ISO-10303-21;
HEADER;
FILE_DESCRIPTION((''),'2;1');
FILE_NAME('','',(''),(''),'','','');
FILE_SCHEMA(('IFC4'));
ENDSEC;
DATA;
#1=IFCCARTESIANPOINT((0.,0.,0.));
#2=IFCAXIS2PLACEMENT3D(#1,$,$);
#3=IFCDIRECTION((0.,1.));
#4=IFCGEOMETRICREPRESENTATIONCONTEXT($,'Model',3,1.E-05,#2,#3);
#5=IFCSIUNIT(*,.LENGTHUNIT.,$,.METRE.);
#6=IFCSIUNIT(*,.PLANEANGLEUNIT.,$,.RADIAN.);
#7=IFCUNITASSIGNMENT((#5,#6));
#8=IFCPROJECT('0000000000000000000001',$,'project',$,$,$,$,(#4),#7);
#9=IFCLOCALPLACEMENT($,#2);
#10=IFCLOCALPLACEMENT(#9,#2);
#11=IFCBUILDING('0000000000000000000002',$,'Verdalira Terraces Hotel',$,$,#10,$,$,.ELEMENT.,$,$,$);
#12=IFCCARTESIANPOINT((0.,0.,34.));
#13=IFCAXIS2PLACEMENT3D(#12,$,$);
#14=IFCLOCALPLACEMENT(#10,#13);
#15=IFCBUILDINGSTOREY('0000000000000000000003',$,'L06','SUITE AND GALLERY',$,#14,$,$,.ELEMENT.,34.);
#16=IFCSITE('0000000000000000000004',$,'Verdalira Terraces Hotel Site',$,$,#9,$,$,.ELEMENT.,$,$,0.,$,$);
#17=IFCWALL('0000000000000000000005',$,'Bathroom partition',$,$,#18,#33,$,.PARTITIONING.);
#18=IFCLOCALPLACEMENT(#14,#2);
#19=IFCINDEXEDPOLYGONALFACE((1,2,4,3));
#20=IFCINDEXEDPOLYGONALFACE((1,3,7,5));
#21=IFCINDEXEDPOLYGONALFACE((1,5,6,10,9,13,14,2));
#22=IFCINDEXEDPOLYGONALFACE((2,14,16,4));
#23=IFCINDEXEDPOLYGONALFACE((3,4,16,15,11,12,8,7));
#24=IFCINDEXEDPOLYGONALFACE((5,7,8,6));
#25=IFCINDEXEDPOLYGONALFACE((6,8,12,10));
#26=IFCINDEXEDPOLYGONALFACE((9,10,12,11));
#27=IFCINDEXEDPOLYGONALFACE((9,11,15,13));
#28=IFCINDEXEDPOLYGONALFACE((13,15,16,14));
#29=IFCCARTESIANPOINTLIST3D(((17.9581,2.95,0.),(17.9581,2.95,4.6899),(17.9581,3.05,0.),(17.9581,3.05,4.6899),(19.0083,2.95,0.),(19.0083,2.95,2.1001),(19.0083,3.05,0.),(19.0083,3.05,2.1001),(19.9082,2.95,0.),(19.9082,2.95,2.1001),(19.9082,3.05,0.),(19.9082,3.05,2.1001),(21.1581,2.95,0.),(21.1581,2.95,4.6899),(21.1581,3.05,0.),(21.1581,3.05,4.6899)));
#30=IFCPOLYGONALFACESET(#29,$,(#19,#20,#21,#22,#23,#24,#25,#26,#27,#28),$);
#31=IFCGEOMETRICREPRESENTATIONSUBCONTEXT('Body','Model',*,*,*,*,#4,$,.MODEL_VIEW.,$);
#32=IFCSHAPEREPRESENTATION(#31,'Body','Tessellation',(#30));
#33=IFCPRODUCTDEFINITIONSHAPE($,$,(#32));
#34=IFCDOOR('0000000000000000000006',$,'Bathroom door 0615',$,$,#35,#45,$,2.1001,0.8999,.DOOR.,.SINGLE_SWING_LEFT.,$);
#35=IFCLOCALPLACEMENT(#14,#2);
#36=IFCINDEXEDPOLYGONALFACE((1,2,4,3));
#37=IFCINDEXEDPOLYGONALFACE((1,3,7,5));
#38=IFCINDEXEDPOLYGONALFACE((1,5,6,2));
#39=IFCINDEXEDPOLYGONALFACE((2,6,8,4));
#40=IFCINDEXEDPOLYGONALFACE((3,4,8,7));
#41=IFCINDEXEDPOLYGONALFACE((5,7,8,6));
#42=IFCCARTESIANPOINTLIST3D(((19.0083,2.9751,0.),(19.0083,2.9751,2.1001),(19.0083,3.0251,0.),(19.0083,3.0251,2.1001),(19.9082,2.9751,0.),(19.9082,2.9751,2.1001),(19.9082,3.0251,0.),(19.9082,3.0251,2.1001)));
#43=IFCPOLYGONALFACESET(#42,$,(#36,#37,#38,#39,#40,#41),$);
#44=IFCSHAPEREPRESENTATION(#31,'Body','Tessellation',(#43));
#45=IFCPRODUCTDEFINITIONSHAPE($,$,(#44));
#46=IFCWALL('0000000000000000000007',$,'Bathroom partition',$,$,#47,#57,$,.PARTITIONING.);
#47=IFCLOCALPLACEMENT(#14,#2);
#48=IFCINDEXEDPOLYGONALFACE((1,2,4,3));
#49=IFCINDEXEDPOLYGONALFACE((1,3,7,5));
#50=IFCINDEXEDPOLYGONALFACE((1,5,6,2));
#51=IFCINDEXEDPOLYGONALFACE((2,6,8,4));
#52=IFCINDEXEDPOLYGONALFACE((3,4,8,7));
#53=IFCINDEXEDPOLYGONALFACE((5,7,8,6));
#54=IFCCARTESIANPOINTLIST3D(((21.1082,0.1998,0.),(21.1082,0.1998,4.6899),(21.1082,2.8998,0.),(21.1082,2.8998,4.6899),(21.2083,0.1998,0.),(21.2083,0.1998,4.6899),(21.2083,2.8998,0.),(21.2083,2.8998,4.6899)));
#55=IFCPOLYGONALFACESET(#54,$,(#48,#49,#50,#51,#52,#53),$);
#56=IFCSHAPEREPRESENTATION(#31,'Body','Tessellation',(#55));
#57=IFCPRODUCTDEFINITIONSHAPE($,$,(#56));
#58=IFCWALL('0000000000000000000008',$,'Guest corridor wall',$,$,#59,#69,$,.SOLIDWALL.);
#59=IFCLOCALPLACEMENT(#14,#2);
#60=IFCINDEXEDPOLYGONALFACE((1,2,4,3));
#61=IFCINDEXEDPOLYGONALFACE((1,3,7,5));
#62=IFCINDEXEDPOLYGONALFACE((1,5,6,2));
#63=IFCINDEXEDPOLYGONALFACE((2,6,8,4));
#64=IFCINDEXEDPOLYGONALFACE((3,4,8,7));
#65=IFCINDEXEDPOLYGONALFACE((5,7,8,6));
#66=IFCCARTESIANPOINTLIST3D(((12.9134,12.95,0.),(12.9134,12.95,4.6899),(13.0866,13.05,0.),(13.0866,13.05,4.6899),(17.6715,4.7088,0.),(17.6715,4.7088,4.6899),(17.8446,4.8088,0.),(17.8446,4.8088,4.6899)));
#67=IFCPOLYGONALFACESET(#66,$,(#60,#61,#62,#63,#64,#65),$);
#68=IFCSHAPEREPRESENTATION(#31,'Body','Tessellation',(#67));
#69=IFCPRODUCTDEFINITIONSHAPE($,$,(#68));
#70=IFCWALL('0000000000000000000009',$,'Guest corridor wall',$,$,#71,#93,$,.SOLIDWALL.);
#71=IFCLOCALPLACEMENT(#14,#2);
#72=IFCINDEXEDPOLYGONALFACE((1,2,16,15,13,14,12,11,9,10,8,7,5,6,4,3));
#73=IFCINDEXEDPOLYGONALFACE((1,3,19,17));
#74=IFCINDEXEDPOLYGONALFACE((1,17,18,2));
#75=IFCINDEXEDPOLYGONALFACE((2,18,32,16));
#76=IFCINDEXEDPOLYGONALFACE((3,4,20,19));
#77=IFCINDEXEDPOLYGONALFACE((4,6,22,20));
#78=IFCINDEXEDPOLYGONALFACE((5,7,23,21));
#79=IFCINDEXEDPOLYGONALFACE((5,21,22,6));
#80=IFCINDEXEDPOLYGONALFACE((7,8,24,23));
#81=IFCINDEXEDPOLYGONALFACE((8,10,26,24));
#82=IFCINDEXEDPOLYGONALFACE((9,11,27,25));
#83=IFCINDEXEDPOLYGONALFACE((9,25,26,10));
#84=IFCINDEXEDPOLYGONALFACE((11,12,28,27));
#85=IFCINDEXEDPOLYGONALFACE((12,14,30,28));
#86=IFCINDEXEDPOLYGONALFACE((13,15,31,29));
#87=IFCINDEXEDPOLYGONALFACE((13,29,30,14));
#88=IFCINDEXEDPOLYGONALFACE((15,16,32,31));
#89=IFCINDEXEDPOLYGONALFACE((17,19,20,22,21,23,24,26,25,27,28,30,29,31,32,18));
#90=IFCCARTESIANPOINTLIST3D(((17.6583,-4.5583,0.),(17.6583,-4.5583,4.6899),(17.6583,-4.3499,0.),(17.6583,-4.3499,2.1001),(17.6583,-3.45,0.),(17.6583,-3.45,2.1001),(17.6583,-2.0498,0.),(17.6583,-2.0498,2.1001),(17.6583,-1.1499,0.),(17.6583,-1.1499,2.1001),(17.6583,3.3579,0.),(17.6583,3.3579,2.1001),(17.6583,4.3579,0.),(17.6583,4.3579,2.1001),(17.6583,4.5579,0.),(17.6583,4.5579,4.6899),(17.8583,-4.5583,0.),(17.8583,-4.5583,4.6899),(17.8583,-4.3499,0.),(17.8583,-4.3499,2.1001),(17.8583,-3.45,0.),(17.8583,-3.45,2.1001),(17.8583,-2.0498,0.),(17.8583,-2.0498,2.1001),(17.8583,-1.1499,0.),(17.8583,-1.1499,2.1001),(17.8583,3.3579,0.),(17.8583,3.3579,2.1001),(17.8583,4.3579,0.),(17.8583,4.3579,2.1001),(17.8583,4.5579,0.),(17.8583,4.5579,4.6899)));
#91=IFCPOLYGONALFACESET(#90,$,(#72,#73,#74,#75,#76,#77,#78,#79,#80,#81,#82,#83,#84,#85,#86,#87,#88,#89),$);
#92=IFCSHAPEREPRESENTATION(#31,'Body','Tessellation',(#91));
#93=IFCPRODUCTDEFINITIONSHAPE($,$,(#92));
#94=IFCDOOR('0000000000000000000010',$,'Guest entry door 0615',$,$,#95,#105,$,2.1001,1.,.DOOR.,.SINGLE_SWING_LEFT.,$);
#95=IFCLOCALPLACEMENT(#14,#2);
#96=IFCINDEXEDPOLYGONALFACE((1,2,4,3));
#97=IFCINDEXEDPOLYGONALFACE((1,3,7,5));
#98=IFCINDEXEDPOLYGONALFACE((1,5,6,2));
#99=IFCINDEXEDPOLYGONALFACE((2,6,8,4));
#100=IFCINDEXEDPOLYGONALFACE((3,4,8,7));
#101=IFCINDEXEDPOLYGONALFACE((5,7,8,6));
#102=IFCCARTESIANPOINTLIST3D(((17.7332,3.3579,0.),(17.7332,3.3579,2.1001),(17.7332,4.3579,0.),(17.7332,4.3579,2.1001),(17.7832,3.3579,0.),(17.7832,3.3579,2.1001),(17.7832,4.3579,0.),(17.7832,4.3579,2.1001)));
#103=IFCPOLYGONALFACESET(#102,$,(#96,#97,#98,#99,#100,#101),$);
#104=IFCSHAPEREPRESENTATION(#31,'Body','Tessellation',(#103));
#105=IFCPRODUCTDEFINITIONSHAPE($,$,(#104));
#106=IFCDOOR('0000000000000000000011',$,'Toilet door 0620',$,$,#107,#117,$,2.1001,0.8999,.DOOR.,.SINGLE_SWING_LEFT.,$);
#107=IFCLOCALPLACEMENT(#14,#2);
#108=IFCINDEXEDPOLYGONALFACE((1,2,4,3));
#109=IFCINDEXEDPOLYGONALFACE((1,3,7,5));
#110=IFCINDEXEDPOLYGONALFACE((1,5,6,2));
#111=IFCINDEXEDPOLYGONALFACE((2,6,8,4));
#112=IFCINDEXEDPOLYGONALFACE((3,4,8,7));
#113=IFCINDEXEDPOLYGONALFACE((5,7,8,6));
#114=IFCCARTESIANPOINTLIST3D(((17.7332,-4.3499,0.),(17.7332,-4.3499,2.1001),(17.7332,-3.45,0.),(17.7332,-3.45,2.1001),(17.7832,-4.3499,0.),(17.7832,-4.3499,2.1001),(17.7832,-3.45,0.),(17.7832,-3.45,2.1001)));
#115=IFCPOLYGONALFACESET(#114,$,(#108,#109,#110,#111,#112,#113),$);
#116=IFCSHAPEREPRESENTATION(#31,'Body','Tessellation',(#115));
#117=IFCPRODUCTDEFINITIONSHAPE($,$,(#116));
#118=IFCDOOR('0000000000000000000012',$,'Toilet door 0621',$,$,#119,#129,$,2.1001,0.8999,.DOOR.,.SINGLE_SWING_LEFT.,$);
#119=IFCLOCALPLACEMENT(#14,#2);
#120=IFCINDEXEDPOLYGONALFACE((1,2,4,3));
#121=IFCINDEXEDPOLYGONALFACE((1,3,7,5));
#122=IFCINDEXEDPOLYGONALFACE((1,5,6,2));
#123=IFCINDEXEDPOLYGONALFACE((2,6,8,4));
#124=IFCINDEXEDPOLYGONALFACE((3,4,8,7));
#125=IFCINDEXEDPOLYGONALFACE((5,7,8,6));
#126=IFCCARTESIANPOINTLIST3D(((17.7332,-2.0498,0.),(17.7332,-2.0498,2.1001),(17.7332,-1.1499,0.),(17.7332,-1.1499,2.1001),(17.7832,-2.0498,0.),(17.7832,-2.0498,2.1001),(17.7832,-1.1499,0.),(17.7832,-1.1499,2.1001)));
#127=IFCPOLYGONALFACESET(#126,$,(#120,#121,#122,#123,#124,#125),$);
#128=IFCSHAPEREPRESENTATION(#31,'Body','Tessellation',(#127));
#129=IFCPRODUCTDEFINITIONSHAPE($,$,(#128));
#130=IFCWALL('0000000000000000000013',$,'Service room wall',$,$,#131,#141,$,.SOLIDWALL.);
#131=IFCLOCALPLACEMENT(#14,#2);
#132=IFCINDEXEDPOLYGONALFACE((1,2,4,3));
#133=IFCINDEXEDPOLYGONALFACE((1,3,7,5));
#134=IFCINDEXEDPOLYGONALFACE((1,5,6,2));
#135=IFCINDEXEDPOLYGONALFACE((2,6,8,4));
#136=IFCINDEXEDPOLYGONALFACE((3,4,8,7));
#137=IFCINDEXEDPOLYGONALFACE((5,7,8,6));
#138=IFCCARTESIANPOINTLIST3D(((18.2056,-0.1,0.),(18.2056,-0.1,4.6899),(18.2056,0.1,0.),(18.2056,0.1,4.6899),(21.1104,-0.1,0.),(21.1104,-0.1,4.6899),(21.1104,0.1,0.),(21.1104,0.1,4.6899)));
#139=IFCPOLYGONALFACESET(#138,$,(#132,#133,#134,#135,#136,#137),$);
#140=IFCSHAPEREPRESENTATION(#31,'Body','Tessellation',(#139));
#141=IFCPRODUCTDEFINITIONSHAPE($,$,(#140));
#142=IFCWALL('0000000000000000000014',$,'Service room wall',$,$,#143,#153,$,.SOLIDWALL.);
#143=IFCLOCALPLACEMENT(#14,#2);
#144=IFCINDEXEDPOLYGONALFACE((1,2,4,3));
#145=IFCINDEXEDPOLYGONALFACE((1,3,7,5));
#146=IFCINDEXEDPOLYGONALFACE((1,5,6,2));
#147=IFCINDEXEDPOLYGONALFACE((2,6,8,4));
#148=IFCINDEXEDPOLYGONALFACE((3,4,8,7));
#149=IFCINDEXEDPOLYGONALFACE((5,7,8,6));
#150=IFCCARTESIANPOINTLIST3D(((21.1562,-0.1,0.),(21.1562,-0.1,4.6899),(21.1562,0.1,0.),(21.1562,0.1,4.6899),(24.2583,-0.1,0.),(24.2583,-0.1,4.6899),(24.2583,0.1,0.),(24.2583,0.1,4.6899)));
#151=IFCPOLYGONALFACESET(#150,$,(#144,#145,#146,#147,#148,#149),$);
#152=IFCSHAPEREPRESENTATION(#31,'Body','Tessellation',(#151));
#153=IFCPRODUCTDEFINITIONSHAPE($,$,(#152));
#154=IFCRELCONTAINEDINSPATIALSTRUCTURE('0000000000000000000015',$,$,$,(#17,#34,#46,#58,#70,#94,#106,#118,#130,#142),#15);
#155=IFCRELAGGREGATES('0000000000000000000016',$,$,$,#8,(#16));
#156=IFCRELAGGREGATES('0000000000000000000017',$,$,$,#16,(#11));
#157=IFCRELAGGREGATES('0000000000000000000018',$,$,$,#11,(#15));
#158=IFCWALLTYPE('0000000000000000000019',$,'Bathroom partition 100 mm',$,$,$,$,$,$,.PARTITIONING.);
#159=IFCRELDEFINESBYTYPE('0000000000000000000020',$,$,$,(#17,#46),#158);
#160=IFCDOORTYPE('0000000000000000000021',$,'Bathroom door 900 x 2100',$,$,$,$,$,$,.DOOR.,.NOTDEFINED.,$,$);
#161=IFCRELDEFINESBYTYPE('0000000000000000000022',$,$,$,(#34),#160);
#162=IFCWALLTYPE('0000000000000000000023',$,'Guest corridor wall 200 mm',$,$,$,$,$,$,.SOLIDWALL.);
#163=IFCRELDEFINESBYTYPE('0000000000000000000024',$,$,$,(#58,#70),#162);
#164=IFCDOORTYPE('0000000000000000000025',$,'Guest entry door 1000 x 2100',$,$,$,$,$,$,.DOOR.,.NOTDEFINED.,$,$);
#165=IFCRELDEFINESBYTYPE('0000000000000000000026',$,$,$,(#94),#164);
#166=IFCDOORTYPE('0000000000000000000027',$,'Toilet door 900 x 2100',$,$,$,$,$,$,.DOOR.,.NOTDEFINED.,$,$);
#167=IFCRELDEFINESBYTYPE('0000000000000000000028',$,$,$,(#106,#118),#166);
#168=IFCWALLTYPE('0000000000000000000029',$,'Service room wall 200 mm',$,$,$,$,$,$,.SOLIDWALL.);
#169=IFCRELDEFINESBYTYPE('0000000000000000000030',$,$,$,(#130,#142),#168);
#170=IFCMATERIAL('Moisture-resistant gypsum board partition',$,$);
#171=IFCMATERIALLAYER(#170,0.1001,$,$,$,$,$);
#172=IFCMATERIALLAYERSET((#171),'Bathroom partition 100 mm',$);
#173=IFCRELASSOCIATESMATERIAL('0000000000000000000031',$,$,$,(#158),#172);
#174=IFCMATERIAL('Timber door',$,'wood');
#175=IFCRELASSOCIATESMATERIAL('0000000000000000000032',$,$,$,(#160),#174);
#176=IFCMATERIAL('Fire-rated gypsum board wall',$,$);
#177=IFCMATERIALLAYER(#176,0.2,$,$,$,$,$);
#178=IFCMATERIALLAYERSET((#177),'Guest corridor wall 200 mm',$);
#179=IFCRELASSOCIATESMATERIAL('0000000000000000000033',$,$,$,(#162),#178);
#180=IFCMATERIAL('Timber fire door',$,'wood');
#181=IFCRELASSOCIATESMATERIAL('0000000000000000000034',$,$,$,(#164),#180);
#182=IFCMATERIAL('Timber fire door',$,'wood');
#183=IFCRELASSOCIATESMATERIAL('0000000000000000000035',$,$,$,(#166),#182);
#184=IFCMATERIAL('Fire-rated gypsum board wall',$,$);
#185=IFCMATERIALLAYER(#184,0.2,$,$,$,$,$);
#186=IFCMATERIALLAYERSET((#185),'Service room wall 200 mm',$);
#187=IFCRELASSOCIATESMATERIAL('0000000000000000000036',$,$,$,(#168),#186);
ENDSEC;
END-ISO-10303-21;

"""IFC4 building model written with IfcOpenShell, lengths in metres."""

from ifc_helpers import new_model, si_unit, direction, frame, frame_2d, origin, place, context, subcontext, project, spatial, rectangle, extrude, material, layer, layer_set, type_object, element, fill, save


model = new_model("IFC4")

# Units and contexts
model_context = context("Model", 3, precision=1e-05, world=origin(), true_north=direction((0.0, 1.0)))
body_context = subcontext(model_context, "Body", "Model", "MODEL_VIEW")
ifc_project = project(units=[si_unit("LENGTHUNIT", "METRE"), si_unit("PLANEANGLEUNIT", "RADIAN")], contexts=[model_context])

# Site, building, storey
site_placement = place(None, origin())
site = spatial("IfcSite", under=ifc_project, at=site_placement, Name="Verdalira Terraces Hotel Site", CompositionType="ELEMENT", RefElevation=0.0)
building_placement = place(site_placement, origin())
building = spatial("IfcBuilding", under=site, at=building_placement, Name="Verdalira Terraces Hotel", CompositionType="ELEMENT")
storey_placement = place(building_placement, frame((0.0, 0.0, 34.0)))
storey = spatial("IfcBuildingStorey", under=building, at=storey_placement, Name="L06", Description="SUITE AND GALLERY", CompositionType="ELEMENT", Elevation=34.0)

# Wall, opening, door
ifc_material_1 = material(Name="Moisture-resistant gypsum board partition")
ifc_layer_1 = layer(ifc_material_1, 0.1001)
ifc_layer_set_1 = layer_set([ifc_layer_1], Name="Bathroom partition 100 mm")
wall_type_1 = type_object("IfcWallType", Name="Bathroom partition 100 mm", PredefinedType="PARTITIONING", material=ifc_layer_set_1)
wall_1_placement = place(storey_placement, frame((21.1582, 3.0, 0.0), z_axis=(0.0, 0.0, 1.0), x_axis=(-1.0, 0.0, 0.0)))
wall_1 = element("IfcWall", 1, at=wall_1_placement, inside=storey, type_object=wall_type_1, Name="Bathroom partition", PredefinedType="PARTITIONING", context=body_context, shape_type="SweptSolid", body=[
    extrude(rectangle(XDim=3.2, YDim=0.1001, at=frame_2d((1.6001, 0.0))), origin(), (0.0, 0.0, 1.0), 4.6899),
])
opening_1_placement = place(wall_1_placement, frame((1.25, 0.0, 0.0)))
opening_1 = element("IfcOpeningElement", 2, at=opening_1_placement, cuts=wall_1, PredefinedType="OPENING", context=body_context, shape_type="SweptSolid", body=[
    extrude(rectangle(XDim=0.8999, YDim=2.1001, at=frame_2d((0.45, 1.05))), frame((0.0, 0.0601, 0.0), z_axis=(0.0, -1.0, 0.0), x_axis=(1.0, 0.0, 0.0)), (0.0, 0.0, 1.0), 0.1201),
])
ifc_material_2 = material(Name="Timber door", Category="wood")
door_type_1 = type_object("IfcDoorType", Name="Bathroom door 900 x 2100", OperationType="NOTDEFINED", PredefinedType="DOOR", material=ifc_material_2)
door_1_placement = place(opening_1_placement, origin())
door_1 = element("IfcDoor", 3, at=door_1_placement, inside=storey, type_object=door_type_1, Name="Bathroom door 0615", OperationType="SINGLE_SWING_LEFT", OverallHeight=2.1001, OverallWidth=0.8999, PredefinedType="DOOR", context=body_context, shape_type="SweptSolid", body=[
    extrude(rectangle(XDim=0.8999, YDim=2.1001, at=frame_2d((0.45, 1.05))), frame((0.0, 0.0249, 0.0), z_axis=(0.0, -1.0, 0.0), x_axis=(1.0, 0.0, 0.0)), (0.0, 0.0, 1.0), 0.05),
])
fill(opening_1, door_1)

# Walls
wall_2_placement = place(storey_placement, frame((21.1582, 2.8999, 0.0), z_axis=(0.0, 0.0, 1.0), x_axis=(0.0, -1.0, 0.0)))
element("IfcWall", 4, at=wall_2_placement, inside=storey, type_object=wall_type_1, Name="Bathroom partition", PredefinedType="PARTITIONING", context=body_context, shape_type="SweptSolid", body=[
    extrude(rectangle(XDim=2.7, YDim=0.1001, at=frame_2d((1.3501, 0.0))), origin(), (0.0, 0.0, 1.0), 4.6899),
])
ifc_material_3 = material(Name="Fire-rated gypsum board wall")
ifc_layer_2 = layer(ifc_material_3, 0.2)
ifc_layer_set_2 = layer_set([ifc_layer_2], Name="Guest corridor wall 200 mm")
wall_type_2 = type_object("IfcWallType", Name="Guest corridor wall 200 mm", PredefinedType="SOLIDWALL", material=ifc_layer_set_2)
wall_3_placement = place(storey_placement, frame((17.7581, 4.7588, 0.0), z_axis=(0.0, 0.0, 1.0), x_axis=(-0.499999, 0.866026, 0.0)))
element("IfcWall", 5, at=wall_3_placement, inside=storey, type_object=wall_type_2, Name="Guest corridor wall", PredefinedType="SOLIDWALL", context=body_context, shape_type="SweptSolid", body=[
    extrude(rectangle(XDim=9.5161, YDim=0.2, at=frame_2d((4.7581, 0.0))), origin(), (0.0, 0.0, 1.0), 4.6899),
])

# Wall, openings, doors
wall_4_placement = place(storey_placement, frame((17.7583, 4.5579, 0.0), z_axis=(0.0, 0.0, 1.0), x_axis=(0.0, -1.0, 0.0)))
wall_4 = element("IfcWall", 6, at=wall_4_placement, inside=storey, type_object=wall_type_2, Name="Guest corridor wall", PredefinedType="SOLIDWALL", context=body_context, shape_type="SweptSolid", body=[
    extrude(rectangle(XDim=9.1162, YDim=0.2, at=frame_2d((4.5581, 0.0))), origin(), (0.0, 0.0, 1.0), 4.6899),
])
opening_2_placement = place(wall_4_placement, frame((0.2, 0.0, 0.0)))
opening_2 = element("IfcOpeningElement", 7, at=opening_2_placement, cuts=wall_4, PredefinedType="OPENING", context=body_context, shape_type="SweptSolid", body=[
    extrude(rectangle(XDim=1.0, YDim=2.1001, at=frame_2d((0.5, 1.05))), frame((0.0, 0.1099, 0.0), z_axis=(0.0, -1.0, 0.0), x_axis=(1.0, 0.0, 0.0)), (0.0, 0.0, 1.0), 0.22),
])
opening_3_placement = place(wall_4_placement, frame((8.0078, 0.0, 0.0)))
opening_3 = element("IfcOpeningElement", 8, at=opening_3_placement, cuts=wall_4, PredefinedType="OPENING", context=body_context, shape_type="SweptSolid", body=[
    extrude(rectangle(XDim=0.8999, YDim=2.1001, at=frame_2d((0.45, 1.05))), frame((0.0, 0.1099, 0.0), z_axis=(0.0, -1.0, 0.0), x_axis=(1.0, 0.0, 0.0)), (0.0, 0.0, 1.0), 0.22),
])
opening_4_placement = place(wall_4_placement, frame((5.7078, 0.0, 0.0)))
opening_4 = element("IfcOpeningElement", 9, at=opening_4_placement, cuts=wall_4, PredefinedType="OPENING", context=body_context, shape_type="SweptSolid", body=[
    extrude(rectangle(XDim=0.8999, YDim=2.1001, at=frame_2d((0.45, 1.05))), frame((0.0, 0.1099, 0.0), z_axis=(0.0, -1.0, 0.0), x_axis=(1.0, 0.0, 0.0)), (0.0, 0.0, 1.0), 0.22),
])
ifc_material_4 = material(Name="Timber fire door", Category="wood")
door_type_2 = type_object("IfcDoorType", Name="Guest entry door 1000 x 2100", OperationType="NOTDEFINED", PredefinedType="DOOR", material=ifc_material_4)
door_2_placement = place(opening_2_placement, origin())
door_2 = element("IfcDoor", 10, at=door_2_placement, inside=storey, type_object=door_type_2, Name="Guest entry door 0615", OperationType="SINGLE_SWING_LEFT", OverallHeight=2.1001, OverallWidth=1.0, PredefinedType="DOOR", context=body_context, shape_type="SweptSolid", body=[
    extrude(rectangle(XDim=1.0, YDim=2.1001, at=frame_2d((0.5, 1.05))), frame((0.0, 0.0249, 0.0), z_axis=(0.0, -1.0, 0.0), x_axis=(1.0, 0.0, 0.0)), (0.0, 0.0, 1.0), 0.05),
])
fill(opening_2, door_2)
ifc_material_5 = material(Name="Timber fire door", Category="wood")
door_type_3 = type_object("IfcDoorType", Name="Toilet door 900 x 2100", OperationType="NOTDEFINED", PredefinedType="DOOR", material=ifc_material_5)
door_3_placement = place(opening_3_placement, origin())
door_3 = element("IfcDoor", 11, at=door_3_placement, inside=storey, type_object=door_type_3, Name="Toilet door 0620", OperationType="SINGLE_SWING_LEFT", OverallHeight=2.1001, OverallWidth=0.8999, PredefinedType="DOOR", context=body_context, shape_type="SweptSolid", body=[
    extrude(rectangle(XDim=0.8999, YDim=2.1001, at=frame_2d((0.45, 1.05))), frame((0.0, 0.0249, 0.0), z_axis=(0.0, -1.0, 0.0), x_axis=(1.0, 0.0, 0.0)), (0.0, 0.0, 1.0), 0.05),
])
fill(opening_3, door_3)
door_4_placement = place(opening_4_placement, origin())
door_4 = element("IfcDoor", 12, at=door_4_placement, inside=storey, type_object=door_type_3, Name="Toilet door 0621", OperationType="SINGLE_SWING_LEFT", OverallHeight=2.1001, OverallWidth=0.8999, PredefinedType="DOOR", context=body_context, shape_type="SweptSolid", body=[
    extrude(rectangle(XDim=0.8999, YDim=2.1001, at=frame_2d((0.45, 1.05))), frame((0.0, 0.0249, 0.0), z_axis=(0.0, -1.0, 0.0), x_axis=(1.0, 0.0, 0.0)), (0.0, 0.0, 1.0), 0.05),
])
fill(opening_4, door_4)

# Walls
ifc_material_6 = material(Name="Fire-rated gypsum board wall")
ifc_layer_3 = layer(ifc_material_6, 0.2)
ifc_layer_set_3 = layer_set([ifc_layer_3], Name="Service room wall 200 mm")
wall_type_3 = type_object("IfcWallType", Name="Service room wall 200 mm", PredefinedType="SOLIDWALL", material=ifc_layer_set_3)
wall_5_placement = place(storey_placement, frame((18.2056, 0.0, 0.0), z_axis=(0.0, 0.0, 1.0), x_axis=(1.0, 0.0, 0.0)))
element("IfcWall", 13, at=wall_5_placement, inside=storey, type_object=wall_type_3, Name="Service room wall", PredefinedType="SOLIDWALL", context=body_context, shape_type="SweptSolid", body=[
    extrude(rectangle(XDim=2.9048, YDim=0.2, at=frame_2d((1.4524, 0.0))), origin(), (0.0, 0.0, 1.0), 4.6899),
])
wall_6_placement = place(storey_placement, frame((21.1562, 0.0, 0.0), z_axis=(0.0, 0.0, 1.0), x_axis=(1.0, 0.0, 0.0)))
element("IfcWall", 14, at=wall_6_placement, inside=storey, type_object=wall_type_3, Name="Service room wall", PredefinedType="SOLIDWALL", context=body_context, shape_type="SweptSolid", body=[
    extrude(rectangle(XDim=3.1021, YDim=0.2, at=frame_2d((1.551, 0.0))), origin(), (0.0, 0.0, 1.0), 4.6899),
])

save(model, "model.ifc")
